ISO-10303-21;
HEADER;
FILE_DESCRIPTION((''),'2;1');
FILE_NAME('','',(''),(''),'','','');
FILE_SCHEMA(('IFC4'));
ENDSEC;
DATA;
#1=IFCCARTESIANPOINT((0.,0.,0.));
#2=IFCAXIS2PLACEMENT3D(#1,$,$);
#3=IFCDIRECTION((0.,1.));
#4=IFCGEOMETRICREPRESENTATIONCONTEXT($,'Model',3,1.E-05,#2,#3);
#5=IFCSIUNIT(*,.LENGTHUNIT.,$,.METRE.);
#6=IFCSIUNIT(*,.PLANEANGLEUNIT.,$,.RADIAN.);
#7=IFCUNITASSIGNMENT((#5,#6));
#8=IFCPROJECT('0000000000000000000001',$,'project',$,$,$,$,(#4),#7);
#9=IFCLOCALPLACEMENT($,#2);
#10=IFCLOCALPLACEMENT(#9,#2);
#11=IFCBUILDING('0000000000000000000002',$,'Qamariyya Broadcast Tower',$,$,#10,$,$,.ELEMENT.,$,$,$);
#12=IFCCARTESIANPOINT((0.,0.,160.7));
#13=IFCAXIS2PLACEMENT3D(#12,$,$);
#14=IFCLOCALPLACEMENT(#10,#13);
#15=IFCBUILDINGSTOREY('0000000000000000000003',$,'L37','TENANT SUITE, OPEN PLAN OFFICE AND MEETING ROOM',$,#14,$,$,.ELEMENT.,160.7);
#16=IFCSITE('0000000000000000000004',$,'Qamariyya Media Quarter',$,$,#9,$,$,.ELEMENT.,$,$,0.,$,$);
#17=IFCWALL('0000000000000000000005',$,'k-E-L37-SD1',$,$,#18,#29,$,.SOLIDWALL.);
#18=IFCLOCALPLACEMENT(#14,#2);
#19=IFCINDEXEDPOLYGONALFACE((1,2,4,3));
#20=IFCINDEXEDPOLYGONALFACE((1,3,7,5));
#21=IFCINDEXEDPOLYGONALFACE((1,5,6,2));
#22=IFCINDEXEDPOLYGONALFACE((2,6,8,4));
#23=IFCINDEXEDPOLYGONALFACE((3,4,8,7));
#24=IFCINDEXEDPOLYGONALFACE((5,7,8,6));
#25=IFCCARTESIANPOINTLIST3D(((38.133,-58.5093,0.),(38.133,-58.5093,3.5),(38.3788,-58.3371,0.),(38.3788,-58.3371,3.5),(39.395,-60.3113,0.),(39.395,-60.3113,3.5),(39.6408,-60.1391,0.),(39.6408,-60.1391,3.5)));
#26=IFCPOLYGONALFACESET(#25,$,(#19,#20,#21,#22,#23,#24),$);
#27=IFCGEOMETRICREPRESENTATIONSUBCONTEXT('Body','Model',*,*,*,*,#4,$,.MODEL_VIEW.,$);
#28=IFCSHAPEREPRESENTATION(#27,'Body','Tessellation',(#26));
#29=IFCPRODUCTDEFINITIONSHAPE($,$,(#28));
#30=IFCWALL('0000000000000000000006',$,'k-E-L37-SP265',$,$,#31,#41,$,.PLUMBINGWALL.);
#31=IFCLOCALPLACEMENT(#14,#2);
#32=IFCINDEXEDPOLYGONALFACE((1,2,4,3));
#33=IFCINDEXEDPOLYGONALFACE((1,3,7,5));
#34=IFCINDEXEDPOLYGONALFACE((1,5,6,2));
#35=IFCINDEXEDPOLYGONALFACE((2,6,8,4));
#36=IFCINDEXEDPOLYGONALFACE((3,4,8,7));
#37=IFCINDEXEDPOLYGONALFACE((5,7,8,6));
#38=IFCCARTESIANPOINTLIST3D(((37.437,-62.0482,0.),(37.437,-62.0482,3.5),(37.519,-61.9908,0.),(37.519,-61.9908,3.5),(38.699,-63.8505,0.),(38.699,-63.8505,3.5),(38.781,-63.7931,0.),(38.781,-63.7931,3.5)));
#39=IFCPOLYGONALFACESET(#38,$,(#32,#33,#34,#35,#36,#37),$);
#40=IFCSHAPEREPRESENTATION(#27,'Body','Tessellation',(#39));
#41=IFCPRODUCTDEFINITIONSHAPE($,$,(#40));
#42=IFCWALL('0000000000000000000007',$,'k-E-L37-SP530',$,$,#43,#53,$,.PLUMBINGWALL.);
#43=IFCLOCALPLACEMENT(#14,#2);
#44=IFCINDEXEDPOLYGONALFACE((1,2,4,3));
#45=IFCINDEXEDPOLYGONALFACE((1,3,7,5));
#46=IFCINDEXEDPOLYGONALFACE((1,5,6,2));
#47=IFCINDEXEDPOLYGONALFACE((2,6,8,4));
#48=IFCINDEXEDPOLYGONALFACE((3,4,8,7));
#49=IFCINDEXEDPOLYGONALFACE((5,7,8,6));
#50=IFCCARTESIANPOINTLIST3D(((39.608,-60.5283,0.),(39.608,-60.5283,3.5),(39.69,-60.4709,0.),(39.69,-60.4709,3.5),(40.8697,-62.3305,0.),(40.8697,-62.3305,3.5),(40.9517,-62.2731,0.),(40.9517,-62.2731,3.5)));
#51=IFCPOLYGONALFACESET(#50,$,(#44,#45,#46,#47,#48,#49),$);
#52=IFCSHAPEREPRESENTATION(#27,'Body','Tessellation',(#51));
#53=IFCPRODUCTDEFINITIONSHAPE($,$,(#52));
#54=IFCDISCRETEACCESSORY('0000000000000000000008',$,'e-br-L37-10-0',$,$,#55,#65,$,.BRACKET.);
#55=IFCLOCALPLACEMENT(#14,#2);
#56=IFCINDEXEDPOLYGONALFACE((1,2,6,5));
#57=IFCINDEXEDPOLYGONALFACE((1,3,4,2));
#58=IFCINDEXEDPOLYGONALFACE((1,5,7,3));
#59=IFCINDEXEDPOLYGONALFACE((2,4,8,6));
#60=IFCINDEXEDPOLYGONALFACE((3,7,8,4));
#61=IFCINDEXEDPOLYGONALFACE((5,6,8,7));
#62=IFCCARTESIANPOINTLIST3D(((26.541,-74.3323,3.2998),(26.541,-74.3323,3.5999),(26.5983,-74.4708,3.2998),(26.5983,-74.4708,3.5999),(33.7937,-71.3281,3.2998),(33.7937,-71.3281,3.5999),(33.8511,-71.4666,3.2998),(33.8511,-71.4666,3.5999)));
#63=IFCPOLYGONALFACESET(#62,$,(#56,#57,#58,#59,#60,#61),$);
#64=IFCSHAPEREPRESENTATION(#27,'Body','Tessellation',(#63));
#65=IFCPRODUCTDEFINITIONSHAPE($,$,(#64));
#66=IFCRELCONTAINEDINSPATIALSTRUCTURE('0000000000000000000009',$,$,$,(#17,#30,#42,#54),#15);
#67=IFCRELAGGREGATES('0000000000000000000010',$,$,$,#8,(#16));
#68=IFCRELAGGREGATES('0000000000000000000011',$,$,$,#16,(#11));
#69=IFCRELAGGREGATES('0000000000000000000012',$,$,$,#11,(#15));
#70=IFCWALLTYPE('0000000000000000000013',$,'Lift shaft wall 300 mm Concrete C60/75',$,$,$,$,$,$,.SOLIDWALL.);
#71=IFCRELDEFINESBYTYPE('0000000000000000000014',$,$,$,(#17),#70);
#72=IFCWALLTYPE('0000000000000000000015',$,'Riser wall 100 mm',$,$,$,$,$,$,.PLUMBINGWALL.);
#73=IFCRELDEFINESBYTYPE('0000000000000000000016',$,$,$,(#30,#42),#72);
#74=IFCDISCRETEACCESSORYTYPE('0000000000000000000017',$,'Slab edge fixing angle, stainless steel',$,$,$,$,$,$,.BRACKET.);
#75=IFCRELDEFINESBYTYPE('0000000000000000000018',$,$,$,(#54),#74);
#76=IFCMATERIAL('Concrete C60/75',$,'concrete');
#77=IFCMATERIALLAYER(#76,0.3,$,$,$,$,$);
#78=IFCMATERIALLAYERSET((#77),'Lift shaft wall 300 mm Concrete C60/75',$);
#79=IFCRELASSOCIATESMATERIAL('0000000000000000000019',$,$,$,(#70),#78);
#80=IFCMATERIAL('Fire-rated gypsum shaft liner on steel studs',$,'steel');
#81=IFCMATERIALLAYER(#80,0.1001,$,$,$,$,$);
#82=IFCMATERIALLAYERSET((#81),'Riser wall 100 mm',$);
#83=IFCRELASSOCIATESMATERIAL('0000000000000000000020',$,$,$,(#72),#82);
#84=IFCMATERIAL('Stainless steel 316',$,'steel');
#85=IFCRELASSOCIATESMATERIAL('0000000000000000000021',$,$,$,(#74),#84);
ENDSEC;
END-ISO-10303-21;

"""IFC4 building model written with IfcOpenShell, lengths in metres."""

from ifc_helpers import new_model, si_unit, direction, frame, frame_2d, origin, origin_2d, place, context, subcontext, project, spatial, rectangle, extrude, material, layer, layer_set, type_object, element, save


model = new_model("IFC4")

# Units and contexts
model_context = context("Model", 3, precision=1e-05, world=origin(), true_north=direction((0.0, 1.0)))
body_context = subcontext(model_context, "Body", "Model", "MODEL_VIEW")
ifc_project = project(units=[si_unit("LENGTHUNIT", "METRE"), si_unit("PLANEANGLEUNIT", "RADIAN")], contexts=[model_context])

# Site, building, storey
site_placement = place(None, origin())
site = spatial("IfcSite", under=ifc_project, at=site_placement, Name="Qamariyya Media Quarter", CompositionType="ELEMENT", RefElevation=0.0)
building_placement = place(site_placement, origin())
building = spatial("IfcBuilding", under=site, at=building_placement, Name="Qamariyya Broadcast Tower", CompositionType="ELEMENT")
storey_placement = place(building_placement, frame((0.0, 0.0, 160.7)))
storey = spatial("IfcBuildingStorey", under=building, at=storey_placement, Name="L37", Description="TENANT SUITE, OPEN PLAN OFFICE AND MEETING ROOM", CompositionType="ELEMENT", Elevation=160.7)

# Shared definitions
ifc_material_1 = material(Name="Concrete C60/75", Category="concrete")

# Shared definitions
ifc_layer_1 = layer(ifc_material_1, 0.3)
ifc_layer_set_1 = layer_set([ifc_layer_1], Name="Lift shaft wall 300 mm Concrete C60/75")
wall_type_1 = type_object("IfcWallType", Name="Lift shaft wall 300 mm Concrete C60/75", PredefinedType="SOLIDWALL", material=ifc_layer_set_1)

# Walls
wall_1_placement = place(storey_placement, frame((38.2559, -58.4231, 0.0), z_axis=(0.0, 0.0, 1.0), x_axis=(0.573634, -0.819112, 0.0)))
element("IfcWall", 1, at=wall_1_placement, inside=storey, type_object=wall_type_1, Name="k-E-L37-SD1", PredefinedType="SOLIDWALL", context=body_context, shape_type="SweptSolid", body=[
    extrude(rectangle(XDim=2.2, YDim=0.3, at=frame_2d((1.1001, 0.0))), origin(), (0.0, 0.0, 1.0), 3.5),
])
ifc_material_2 = material(Name="Fire-rated gypsum shaft liner on steel studs", Category="steel")
ifc_layer_2 = layer(ifc_material_2, 0.1001)
ifc_layer_set_2 = layer_set([ifc_layer_2], Name="Riser wall 100 mm")
wall_type_2 = type_object("IfcWallType", Name="Riser wall 100 mm", PredefinedType="PLUMBINGWALL", material=ifc_layer_set_2)
wall_2_placement = place(storey_placement, frame((37.478, -62.0195, 0.0), z_axis=(0.0, 0.0, 1.0), x_axis=(0.573581, -0.819149, 0.0)))
element("IfcWall", 2, at=wall_2_placement, inside=storey, type_object=wall_type_2, Name="k-E-L37-SP265", PredefinedType="PLUMBINGWALL", context=body_context, shape_type="SweptSolid", body=[
    extrude(rectangle(XDim=2.2002, YDim=0.1001, at=frame_2d((1.1001, 0.0))), origin(), (0.0, 0.0, 1.0), 3.5),
])
wall_3_placement = place(storey_placement, frame((39.6489, -60.4995, 0.0), z_axis=(0.0, 0.0, 1.0), x_axis=(0.573507, -0.819201, 0.0)))
element("IfcWall", 3, at=wall_3_placement, inside=storey, type_object=wall_type_2, Name="k-E-L37-SP530", PredefinedType="PLUMBINGWALL", context=body_context, shape_type="SweptSolid", body=[
    extrude(rectangle(XDim=2.2, YDim=0.1001, at=frame_2d((1.1001, 0.0))), origin(), (0.0, 0.0, 1.0), 3.5),
])

# Discrete accessory
ifc_material_3 = material(Name="Stainless steel 316", Category="steel")
discrete_accessory_type = type_object("IfcDiscreteAccessoryType", Name="Slab edge fixing angle, stainless steel", PredefinedType="BRACKET", material=ifc_material_3)
discrete_accessory_placement = place(storey_placement, frame((30.196, -72.8994, 3.2998), z_axis=(0.0, 0.0, 1.0), x_axis=(0.92388, 0.382683, 0.0)))
element("IfcDiscreteAccessory", 4, at=discrete_accessory_placement, inside=storey, type_object=discrete_accessory_type, Name="e-br-L37-10-0", PredefinedType="BRACKET", context=body_context, shape_type="SweptSolid", body=[
    extrude(rectangle(XDim=7.8503, YDim=0.1499, at=origin_2d()), origin(), (0.0, 0.0, 1.0), 0.3),
])

save(model, "model.ifc")
